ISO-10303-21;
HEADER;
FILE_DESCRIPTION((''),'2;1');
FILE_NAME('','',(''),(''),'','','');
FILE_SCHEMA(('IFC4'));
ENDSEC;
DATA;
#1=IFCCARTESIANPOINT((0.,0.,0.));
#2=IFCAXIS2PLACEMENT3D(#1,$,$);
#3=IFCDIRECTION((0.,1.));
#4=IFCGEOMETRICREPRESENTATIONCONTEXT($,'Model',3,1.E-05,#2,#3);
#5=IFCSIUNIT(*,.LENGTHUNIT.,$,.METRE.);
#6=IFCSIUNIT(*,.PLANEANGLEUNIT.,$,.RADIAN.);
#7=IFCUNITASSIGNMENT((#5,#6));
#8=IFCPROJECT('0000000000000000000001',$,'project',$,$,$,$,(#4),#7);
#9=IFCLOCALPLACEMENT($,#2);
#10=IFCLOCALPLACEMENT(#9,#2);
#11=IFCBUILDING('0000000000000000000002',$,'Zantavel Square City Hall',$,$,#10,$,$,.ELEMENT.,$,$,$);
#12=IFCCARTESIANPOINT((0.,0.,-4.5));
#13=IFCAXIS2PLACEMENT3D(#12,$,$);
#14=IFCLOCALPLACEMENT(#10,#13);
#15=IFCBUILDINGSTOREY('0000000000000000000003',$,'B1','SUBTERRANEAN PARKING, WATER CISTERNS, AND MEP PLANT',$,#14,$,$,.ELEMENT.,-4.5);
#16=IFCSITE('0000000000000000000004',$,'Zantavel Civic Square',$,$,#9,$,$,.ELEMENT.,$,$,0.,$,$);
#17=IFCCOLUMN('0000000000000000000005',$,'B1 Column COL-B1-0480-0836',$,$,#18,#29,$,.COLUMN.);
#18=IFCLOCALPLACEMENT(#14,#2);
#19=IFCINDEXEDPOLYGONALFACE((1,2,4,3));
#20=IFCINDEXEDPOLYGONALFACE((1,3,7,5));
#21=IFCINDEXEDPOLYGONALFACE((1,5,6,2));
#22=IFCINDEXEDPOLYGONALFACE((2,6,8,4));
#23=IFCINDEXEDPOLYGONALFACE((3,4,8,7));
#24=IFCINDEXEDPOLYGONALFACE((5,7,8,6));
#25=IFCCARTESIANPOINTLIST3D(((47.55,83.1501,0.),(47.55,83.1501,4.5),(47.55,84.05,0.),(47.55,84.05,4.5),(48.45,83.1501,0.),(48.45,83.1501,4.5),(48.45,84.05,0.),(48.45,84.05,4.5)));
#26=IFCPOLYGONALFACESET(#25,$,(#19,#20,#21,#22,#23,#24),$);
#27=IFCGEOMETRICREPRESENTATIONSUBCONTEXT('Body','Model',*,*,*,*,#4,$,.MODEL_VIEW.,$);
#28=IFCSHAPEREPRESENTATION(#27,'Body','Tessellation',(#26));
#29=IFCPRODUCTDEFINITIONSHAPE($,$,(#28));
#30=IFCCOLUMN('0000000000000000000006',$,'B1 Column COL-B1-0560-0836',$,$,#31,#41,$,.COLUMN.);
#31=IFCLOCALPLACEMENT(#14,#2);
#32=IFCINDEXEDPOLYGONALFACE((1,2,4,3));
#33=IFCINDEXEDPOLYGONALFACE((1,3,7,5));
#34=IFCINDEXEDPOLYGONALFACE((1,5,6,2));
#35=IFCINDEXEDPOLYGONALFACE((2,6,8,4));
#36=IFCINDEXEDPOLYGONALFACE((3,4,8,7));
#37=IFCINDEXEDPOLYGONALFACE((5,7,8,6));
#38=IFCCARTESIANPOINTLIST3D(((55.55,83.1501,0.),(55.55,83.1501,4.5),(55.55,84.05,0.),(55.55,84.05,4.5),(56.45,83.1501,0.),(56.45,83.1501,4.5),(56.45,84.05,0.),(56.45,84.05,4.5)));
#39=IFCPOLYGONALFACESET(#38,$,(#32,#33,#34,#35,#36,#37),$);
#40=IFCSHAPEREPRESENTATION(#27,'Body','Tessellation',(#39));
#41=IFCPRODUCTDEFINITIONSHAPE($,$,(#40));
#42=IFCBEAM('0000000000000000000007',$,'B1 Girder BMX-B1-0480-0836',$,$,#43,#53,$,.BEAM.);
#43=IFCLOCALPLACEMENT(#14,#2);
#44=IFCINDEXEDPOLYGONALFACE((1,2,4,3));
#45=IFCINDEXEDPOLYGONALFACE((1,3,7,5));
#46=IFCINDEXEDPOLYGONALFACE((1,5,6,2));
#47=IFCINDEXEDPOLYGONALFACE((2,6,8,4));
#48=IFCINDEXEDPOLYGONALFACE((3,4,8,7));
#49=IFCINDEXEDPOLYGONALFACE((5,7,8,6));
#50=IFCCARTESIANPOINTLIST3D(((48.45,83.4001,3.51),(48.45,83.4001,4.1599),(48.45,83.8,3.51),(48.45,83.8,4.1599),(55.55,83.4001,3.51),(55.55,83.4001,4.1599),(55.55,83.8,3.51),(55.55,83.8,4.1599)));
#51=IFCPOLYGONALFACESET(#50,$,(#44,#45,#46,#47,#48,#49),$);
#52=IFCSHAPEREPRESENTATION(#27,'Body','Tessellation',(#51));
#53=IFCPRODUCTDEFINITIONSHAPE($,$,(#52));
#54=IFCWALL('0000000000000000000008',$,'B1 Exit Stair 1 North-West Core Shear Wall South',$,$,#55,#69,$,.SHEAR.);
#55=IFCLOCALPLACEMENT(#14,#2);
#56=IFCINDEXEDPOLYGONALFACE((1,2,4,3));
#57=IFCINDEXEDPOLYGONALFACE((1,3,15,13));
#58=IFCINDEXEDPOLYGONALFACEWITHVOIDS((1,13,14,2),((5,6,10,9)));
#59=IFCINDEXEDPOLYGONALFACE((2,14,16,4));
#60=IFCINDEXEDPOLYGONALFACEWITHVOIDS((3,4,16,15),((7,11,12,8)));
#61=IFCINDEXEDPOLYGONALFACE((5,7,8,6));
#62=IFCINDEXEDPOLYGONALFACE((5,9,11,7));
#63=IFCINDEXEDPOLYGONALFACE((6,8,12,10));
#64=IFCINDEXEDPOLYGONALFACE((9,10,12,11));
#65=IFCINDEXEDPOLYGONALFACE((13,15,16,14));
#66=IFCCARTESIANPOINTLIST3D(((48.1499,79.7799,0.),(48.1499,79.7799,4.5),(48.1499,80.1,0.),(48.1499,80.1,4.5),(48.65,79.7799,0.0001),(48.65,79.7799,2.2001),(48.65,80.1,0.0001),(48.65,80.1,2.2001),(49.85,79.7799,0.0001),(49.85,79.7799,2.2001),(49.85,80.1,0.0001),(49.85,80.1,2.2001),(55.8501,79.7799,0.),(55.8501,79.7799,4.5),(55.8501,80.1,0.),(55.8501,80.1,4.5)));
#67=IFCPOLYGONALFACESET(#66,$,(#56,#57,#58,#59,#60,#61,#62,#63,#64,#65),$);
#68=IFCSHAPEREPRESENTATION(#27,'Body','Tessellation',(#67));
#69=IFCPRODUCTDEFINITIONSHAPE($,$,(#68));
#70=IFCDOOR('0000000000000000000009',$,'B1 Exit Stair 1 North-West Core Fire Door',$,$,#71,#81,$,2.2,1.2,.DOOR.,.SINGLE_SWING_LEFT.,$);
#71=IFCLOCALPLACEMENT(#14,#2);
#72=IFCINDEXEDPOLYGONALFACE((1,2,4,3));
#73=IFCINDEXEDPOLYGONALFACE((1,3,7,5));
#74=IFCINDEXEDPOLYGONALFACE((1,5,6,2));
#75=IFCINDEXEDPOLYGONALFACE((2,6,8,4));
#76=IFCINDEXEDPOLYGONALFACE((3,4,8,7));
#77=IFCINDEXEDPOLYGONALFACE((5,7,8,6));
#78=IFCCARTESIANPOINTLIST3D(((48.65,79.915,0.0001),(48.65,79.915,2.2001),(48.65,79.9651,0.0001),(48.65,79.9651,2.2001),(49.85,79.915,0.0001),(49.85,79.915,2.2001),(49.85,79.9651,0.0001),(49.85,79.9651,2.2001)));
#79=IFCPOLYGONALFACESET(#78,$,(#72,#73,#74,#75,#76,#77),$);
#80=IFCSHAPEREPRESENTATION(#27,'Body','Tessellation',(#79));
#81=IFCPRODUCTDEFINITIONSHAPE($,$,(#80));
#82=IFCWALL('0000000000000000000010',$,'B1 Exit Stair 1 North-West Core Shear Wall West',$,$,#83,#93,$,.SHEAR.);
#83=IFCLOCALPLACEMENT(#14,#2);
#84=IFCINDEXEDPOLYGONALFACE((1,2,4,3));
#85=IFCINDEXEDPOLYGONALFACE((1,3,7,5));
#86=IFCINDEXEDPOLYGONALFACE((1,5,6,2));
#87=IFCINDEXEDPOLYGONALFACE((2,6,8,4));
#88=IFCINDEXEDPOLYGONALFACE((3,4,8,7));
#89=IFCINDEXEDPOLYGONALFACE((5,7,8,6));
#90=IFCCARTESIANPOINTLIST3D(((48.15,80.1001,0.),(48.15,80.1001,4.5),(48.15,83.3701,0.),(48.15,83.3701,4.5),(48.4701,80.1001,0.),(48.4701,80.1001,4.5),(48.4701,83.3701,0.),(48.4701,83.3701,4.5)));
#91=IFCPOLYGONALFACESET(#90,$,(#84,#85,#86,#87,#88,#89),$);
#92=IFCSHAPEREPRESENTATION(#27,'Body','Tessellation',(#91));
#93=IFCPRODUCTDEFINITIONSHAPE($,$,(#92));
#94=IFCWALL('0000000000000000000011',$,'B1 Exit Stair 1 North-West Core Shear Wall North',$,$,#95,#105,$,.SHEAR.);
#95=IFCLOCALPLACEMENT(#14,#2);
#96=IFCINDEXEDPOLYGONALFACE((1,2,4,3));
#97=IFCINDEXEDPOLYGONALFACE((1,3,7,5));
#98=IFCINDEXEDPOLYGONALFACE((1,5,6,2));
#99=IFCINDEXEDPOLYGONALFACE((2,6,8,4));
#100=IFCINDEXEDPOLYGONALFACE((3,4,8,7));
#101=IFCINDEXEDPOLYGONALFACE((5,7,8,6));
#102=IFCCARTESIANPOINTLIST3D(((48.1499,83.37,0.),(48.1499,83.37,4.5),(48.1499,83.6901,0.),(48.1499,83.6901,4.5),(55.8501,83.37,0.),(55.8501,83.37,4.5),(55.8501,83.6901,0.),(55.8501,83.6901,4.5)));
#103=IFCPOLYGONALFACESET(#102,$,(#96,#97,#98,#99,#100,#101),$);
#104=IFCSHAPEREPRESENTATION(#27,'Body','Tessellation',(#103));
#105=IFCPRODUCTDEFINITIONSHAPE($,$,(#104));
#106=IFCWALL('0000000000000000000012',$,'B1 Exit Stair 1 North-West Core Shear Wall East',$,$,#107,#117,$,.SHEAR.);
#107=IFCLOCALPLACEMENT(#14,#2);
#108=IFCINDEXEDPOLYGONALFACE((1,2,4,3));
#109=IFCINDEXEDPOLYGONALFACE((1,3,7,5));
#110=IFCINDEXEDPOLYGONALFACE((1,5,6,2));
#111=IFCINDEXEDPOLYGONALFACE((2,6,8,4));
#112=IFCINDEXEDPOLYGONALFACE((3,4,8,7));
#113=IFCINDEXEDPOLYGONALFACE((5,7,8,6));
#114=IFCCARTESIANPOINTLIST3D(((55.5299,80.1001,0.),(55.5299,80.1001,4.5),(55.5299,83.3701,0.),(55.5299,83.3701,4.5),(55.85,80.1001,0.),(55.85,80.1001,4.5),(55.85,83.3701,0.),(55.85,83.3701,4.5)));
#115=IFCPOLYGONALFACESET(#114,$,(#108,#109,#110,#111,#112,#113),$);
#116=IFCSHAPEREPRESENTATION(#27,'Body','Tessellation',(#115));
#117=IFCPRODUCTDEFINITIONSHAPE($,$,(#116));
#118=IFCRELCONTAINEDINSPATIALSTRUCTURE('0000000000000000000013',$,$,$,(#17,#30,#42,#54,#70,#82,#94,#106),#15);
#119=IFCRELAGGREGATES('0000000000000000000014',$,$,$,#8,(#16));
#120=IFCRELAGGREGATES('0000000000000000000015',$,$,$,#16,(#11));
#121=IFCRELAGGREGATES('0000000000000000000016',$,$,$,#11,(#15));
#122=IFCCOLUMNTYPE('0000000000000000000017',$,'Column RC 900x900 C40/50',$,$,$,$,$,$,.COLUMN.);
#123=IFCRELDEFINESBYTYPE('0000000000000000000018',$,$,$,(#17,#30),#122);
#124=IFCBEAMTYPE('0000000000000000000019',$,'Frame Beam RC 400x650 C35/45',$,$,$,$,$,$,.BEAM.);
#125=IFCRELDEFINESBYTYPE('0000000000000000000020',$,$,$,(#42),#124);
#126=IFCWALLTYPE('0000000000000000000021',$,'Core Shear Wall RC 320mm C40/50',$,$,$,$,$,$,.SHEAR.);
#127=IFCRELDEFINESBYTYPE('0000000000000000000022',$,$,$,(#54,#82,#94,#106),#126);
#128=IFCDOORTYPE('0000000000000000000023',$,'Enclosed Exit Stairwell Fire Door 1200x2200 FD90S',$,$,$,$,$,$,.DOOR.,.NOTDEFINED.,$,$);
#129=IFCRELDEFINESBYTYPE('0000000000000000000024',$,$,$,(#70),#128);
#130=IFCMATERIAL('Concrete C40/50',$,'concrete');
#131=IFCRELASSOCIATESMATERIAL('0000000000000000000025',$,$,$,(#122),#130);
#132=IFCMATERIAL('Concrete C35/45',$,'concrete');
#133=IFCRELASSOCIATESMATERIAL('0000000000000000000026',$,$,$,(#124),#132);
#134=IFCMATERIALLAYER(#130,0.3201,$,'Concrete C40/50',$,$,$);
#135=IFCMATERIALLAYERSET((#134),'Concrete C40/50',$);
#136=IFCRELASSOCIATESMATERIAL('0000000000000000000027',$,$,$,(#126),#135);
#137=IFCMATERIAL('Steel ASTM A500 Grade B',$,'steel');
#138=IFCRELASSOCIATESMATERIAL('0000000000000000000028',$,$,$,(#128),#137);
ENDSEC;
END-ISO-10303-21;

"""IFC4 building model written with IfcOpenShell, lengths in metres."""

from ifc_helpers import new_model, si_unit, direction, frame, frame_2d, origin, origin_2d, place, context, subcontext, project, spatial, rectangle, extrude, material, layer, layer_set, material_profile, profile_set, type_object, element, fill, save


model = new_model("IFC4")

# Units and contexts
model_context = context("Model", 3, precision=1e-05, world=origin(), true_north=direction((0.0, 1.0)))
body_context = subcontext(model_context, "Body", "Model", "MODEL_VIEW")
ifc_project = project(units=[si_unit("LENGTHUNIT", "METRE"), si_unit("PLANEANGLEUNIT", "RADIAN")], contexts=[model_context])

# Site, building, storey
site_placement = place(None, origin())
site = spatial("IfcSite", under=ifc_project, at=site_placement, Name="Zantavel Civic Square", CompositionType="ELEMENT", RefElevation=0.0)
building_placement = place(site_placement, origin())
building = spatial("IfcBuilding", under=site, at=building_placement, Name="Zantavel Square City Hall", CompositionType="ELEMENT")
storey_placement = place(building_placement, frame((0.0, 0.0, -4.5)))
storey = spatial("IfcBuildingStorey", under=building, at=storey_placement, Name="B1", Description="SUBTERRANEAN PARKING, WATER CISTERNS, AND MEP PLANT", CompositionType="ELEMENT", Elevation=-4.5)

# Shared definitions
ifc_material_1 = material(Name="Concrete C35/45", Category="concrete")

# Shared definitions
ifc_material_2 = material(Name="Concrete C40/50", Category="concrete")

# Columns
ifc_material_profile_1 = material_profile(ifc_material_2, rectangle(XDim=0.8999, YDim=0.8999, at=origin_2d()), Name="RC 900x900")
ifc_profile_set_1 = profile_set([ifc_material_profile_1], Name="Concrete C40/50")
column_type = type_object("IfcColumnType", Name="Column RC 900x900 C40/50", PredefinedType="COLUMN", material=ifc_profile_set_1)
for number, where, z_axis, x_axis, name in (
    (1, (48.0, 83.6001, 0.0), (0.0, 0.0, 1.0), (1.0, 0.0, 0.0), "B1 Column COL-B1-0480-0836"),
    (2, (56.0, 83.6001, 0.0), (0.0, 0.0, 1.0), (1.0, 0.0, 0.0), "B1 Column COL-B1-0560-0836"),
):
    element("IfcColumn", number, at=place(storey_placement, frame(where, z_axis=z_axis, x_axis=x_axis)), inside=storey, type_object=column_type, Name=name, PredefinedType="COLUMN", context=body_context, shape_type="SweptSolid", body=[
        extrude(rectangle(XDim=0.8999, YDim=0.8999, at=origin_2d()), origin(), (0.0, 0.0, 1.0), 4.5),
    ])

# Beam
ifc_material_profile_2 = material_profile(ifc_material_1, rectangle(XDim=0.3999, YDim=0.6499, at=origin_2d()), Name="RC 400x650")
ifc_profile_set_2 = profile_set([ifc_material_profile_2], Name="Concrete C35/45")
beam_type = type_object("IfcBeamType", Name="Frame Beam RC 400x650 C35/45", PredefinedType="BEAM", material=ifc_profile_set_2)
beam_placement = place(storey_placement, frame((48.45, 83.6001, 3.835), z_axis=(1.0, 0.0, 0.0), x_axis=(0.0, 1.0, 0.0)))
element("IfcBeam", 3, at=beam_placement, inside=storey, type_object=beam_type, Name="B1 Girder BMX-B1-0480-0836", PredefinedType="BEAM", context=body_context, shape_type="SweptSolid", body=[
    extrude(rectangle(XDim=0.3999, YDim=0.6499, at=origin_2d()), origin(), (0.0, 0.0, 1.0), 7.1001),
])

# Wall, opening, door
ifc_layer_1 = layer(ifc_material_2, 0.3201, Name="Concrete C40/50")
ifc_layer_set_1 = layer_set([ifc_layer_1], Name="Concrete C40/50")
wall_type = type_object("IfcWallType", Name="Core Shear Wall RC 320mm C40/50", PredefinedType="SHEAR", material=ifc_layer_set_1)
wall_1_placement = place(storey_placement, frame((55.8501, 79.9399, 0.0), z_axis=(0.0, 0.0, 1.0), x_axis=(-1.0, 0.0, 0.0)))
wall_1 = element("IfcWall", 4, at=wall_1_placement, inside=storey, type_object=wall_type, Name="B1 Exit Stair 1 North-West Core Shear Wall South", PredefinedType="SHEAR", context=body_context, shape_type="SweptSolid", body=[
    extrude(rectangle(XDim=7.7002, YDim=0.3201, at=frame_2d((3.8501, 0.0))), origin(), (0.0, 0.0, 1.0), 4.5),
])
opening_placement = place(wall_1_placement, frame((6.0, 0.0, 0.0)))
opening = element("IfcOpeningElement", 5, at=opening_placement, cuts=wall_1, PredefinedType="OPENING", context=body_context, shape_type="SweptSolid", body=[
    extrude(rectangle(XDim=1.2, YDim=2.2, at=frame_2d((0.6001, 1.1001))), frame((0.0, 0.1699, 0.0), z_axis=(0.0, -1.0, 0.0), x_axis=(1.0, 0.0, 0.0)), (0.0, 0.0, 1.0), 0.3401),
])
ifc_material_3 = material(Name="Steel ASTM A500 Grade B", Category="steel")
door_type = type_object("IfcDoorType", Name="Enclosed Exit Stairwell Fire Door 1200x2200 FD90S", OperationType="NOTDEFINED", PredefinedType="DOOR", material=ifc_material_3)
door_placement = place(opening_placement, origin())
door = element("IfcDoor", 6, at=door_placement, inside=storey, type_object=door_type, Name="B1 Exit Stair 1 North-West Core Fire Door", OperationType="SINGLE_SWING_LEFT", OverallHeight=2.2, OverallWidth=1.2, PredefinedType="DOOR", context=body_context, shape_type="SweptSolid", body=[
    extrude(rectangle(XDim=1.2, YDim=2.2, at=frame_2d((0.6001, 1.1001))), frame((0.0, 0.0249, 0.0), z_axis=(0.0, -1.0, 0.0), x_axis=(1.0, 0.0, 0.0)), (0.0, 0.0, 1.0), 0.05),
])
fill(opening, door)

# Walls
wall_2_placement = place(storey_placement, frame((48.3101, 80.1001, 0.0), z_axis=(0.0, 0.0, 1.0), x_axis=(0.0, 1.0, 0.0)))
element("IfcWall", 7, at=wall_2_placement, inside=storey, type_object=wall_type, Name="B1 Exit Stair 1 North-West Core Shear Wall West", PredefinedType="SHEAR", context=body_context, shape_type="SweptSolid", body=[
    extrude(rectangle(XDim=3.27, YDim=0.3201, at=frame_2d((1.635, 0.0))), origin(), (0.0, 0.0, 1.0), 4.5),
])
wall_3_placement = place(storey_placement, frame((48.1499, 83.53, 0.0), z_axis=(0.0, 0.0, 1.0), x_axis=(1.0, 0.0, 0.0)))
element("IfcWall", 8, at=wall_3_placement, inside=storey, type_object=wall_type, Name="B1 Exit Stair 1 North-West Core Shear Wall North", PredefinedType="SHEAR", context=body_context, shape_type="SweptSolid", body=[
    extrude(rectangle(XDim=7.7002, YDim=0.3201, at=frame_2d((3.8501, 0.0))), origin(), (0.0, 0.0, 1.0), 4.5),
])
wall_4_placement = place(storey_placement, frame((55.6899, 83.3701, 0.0), z_axis=(0.0, 0.0, 1.0), x_axis=(0.0, -1.0, 0.0)))
element("IfcWall", 9, at=wall_4_placement, inside=storey, type_object=wall_type, Name="B1 Exit Stair 1 North-West Core Shear Wall East", PredefinedType="SHEAR", context=body_context, shape_type="SweptSolid", body=[
    extrude(rectangle(XDim=3.27, YDim=0.3201, at=frame_2d((1.635, 0.0))), origin(), (0.0, 0.0, 1.0), 4.5),
])

save(model, "model.ifc")
